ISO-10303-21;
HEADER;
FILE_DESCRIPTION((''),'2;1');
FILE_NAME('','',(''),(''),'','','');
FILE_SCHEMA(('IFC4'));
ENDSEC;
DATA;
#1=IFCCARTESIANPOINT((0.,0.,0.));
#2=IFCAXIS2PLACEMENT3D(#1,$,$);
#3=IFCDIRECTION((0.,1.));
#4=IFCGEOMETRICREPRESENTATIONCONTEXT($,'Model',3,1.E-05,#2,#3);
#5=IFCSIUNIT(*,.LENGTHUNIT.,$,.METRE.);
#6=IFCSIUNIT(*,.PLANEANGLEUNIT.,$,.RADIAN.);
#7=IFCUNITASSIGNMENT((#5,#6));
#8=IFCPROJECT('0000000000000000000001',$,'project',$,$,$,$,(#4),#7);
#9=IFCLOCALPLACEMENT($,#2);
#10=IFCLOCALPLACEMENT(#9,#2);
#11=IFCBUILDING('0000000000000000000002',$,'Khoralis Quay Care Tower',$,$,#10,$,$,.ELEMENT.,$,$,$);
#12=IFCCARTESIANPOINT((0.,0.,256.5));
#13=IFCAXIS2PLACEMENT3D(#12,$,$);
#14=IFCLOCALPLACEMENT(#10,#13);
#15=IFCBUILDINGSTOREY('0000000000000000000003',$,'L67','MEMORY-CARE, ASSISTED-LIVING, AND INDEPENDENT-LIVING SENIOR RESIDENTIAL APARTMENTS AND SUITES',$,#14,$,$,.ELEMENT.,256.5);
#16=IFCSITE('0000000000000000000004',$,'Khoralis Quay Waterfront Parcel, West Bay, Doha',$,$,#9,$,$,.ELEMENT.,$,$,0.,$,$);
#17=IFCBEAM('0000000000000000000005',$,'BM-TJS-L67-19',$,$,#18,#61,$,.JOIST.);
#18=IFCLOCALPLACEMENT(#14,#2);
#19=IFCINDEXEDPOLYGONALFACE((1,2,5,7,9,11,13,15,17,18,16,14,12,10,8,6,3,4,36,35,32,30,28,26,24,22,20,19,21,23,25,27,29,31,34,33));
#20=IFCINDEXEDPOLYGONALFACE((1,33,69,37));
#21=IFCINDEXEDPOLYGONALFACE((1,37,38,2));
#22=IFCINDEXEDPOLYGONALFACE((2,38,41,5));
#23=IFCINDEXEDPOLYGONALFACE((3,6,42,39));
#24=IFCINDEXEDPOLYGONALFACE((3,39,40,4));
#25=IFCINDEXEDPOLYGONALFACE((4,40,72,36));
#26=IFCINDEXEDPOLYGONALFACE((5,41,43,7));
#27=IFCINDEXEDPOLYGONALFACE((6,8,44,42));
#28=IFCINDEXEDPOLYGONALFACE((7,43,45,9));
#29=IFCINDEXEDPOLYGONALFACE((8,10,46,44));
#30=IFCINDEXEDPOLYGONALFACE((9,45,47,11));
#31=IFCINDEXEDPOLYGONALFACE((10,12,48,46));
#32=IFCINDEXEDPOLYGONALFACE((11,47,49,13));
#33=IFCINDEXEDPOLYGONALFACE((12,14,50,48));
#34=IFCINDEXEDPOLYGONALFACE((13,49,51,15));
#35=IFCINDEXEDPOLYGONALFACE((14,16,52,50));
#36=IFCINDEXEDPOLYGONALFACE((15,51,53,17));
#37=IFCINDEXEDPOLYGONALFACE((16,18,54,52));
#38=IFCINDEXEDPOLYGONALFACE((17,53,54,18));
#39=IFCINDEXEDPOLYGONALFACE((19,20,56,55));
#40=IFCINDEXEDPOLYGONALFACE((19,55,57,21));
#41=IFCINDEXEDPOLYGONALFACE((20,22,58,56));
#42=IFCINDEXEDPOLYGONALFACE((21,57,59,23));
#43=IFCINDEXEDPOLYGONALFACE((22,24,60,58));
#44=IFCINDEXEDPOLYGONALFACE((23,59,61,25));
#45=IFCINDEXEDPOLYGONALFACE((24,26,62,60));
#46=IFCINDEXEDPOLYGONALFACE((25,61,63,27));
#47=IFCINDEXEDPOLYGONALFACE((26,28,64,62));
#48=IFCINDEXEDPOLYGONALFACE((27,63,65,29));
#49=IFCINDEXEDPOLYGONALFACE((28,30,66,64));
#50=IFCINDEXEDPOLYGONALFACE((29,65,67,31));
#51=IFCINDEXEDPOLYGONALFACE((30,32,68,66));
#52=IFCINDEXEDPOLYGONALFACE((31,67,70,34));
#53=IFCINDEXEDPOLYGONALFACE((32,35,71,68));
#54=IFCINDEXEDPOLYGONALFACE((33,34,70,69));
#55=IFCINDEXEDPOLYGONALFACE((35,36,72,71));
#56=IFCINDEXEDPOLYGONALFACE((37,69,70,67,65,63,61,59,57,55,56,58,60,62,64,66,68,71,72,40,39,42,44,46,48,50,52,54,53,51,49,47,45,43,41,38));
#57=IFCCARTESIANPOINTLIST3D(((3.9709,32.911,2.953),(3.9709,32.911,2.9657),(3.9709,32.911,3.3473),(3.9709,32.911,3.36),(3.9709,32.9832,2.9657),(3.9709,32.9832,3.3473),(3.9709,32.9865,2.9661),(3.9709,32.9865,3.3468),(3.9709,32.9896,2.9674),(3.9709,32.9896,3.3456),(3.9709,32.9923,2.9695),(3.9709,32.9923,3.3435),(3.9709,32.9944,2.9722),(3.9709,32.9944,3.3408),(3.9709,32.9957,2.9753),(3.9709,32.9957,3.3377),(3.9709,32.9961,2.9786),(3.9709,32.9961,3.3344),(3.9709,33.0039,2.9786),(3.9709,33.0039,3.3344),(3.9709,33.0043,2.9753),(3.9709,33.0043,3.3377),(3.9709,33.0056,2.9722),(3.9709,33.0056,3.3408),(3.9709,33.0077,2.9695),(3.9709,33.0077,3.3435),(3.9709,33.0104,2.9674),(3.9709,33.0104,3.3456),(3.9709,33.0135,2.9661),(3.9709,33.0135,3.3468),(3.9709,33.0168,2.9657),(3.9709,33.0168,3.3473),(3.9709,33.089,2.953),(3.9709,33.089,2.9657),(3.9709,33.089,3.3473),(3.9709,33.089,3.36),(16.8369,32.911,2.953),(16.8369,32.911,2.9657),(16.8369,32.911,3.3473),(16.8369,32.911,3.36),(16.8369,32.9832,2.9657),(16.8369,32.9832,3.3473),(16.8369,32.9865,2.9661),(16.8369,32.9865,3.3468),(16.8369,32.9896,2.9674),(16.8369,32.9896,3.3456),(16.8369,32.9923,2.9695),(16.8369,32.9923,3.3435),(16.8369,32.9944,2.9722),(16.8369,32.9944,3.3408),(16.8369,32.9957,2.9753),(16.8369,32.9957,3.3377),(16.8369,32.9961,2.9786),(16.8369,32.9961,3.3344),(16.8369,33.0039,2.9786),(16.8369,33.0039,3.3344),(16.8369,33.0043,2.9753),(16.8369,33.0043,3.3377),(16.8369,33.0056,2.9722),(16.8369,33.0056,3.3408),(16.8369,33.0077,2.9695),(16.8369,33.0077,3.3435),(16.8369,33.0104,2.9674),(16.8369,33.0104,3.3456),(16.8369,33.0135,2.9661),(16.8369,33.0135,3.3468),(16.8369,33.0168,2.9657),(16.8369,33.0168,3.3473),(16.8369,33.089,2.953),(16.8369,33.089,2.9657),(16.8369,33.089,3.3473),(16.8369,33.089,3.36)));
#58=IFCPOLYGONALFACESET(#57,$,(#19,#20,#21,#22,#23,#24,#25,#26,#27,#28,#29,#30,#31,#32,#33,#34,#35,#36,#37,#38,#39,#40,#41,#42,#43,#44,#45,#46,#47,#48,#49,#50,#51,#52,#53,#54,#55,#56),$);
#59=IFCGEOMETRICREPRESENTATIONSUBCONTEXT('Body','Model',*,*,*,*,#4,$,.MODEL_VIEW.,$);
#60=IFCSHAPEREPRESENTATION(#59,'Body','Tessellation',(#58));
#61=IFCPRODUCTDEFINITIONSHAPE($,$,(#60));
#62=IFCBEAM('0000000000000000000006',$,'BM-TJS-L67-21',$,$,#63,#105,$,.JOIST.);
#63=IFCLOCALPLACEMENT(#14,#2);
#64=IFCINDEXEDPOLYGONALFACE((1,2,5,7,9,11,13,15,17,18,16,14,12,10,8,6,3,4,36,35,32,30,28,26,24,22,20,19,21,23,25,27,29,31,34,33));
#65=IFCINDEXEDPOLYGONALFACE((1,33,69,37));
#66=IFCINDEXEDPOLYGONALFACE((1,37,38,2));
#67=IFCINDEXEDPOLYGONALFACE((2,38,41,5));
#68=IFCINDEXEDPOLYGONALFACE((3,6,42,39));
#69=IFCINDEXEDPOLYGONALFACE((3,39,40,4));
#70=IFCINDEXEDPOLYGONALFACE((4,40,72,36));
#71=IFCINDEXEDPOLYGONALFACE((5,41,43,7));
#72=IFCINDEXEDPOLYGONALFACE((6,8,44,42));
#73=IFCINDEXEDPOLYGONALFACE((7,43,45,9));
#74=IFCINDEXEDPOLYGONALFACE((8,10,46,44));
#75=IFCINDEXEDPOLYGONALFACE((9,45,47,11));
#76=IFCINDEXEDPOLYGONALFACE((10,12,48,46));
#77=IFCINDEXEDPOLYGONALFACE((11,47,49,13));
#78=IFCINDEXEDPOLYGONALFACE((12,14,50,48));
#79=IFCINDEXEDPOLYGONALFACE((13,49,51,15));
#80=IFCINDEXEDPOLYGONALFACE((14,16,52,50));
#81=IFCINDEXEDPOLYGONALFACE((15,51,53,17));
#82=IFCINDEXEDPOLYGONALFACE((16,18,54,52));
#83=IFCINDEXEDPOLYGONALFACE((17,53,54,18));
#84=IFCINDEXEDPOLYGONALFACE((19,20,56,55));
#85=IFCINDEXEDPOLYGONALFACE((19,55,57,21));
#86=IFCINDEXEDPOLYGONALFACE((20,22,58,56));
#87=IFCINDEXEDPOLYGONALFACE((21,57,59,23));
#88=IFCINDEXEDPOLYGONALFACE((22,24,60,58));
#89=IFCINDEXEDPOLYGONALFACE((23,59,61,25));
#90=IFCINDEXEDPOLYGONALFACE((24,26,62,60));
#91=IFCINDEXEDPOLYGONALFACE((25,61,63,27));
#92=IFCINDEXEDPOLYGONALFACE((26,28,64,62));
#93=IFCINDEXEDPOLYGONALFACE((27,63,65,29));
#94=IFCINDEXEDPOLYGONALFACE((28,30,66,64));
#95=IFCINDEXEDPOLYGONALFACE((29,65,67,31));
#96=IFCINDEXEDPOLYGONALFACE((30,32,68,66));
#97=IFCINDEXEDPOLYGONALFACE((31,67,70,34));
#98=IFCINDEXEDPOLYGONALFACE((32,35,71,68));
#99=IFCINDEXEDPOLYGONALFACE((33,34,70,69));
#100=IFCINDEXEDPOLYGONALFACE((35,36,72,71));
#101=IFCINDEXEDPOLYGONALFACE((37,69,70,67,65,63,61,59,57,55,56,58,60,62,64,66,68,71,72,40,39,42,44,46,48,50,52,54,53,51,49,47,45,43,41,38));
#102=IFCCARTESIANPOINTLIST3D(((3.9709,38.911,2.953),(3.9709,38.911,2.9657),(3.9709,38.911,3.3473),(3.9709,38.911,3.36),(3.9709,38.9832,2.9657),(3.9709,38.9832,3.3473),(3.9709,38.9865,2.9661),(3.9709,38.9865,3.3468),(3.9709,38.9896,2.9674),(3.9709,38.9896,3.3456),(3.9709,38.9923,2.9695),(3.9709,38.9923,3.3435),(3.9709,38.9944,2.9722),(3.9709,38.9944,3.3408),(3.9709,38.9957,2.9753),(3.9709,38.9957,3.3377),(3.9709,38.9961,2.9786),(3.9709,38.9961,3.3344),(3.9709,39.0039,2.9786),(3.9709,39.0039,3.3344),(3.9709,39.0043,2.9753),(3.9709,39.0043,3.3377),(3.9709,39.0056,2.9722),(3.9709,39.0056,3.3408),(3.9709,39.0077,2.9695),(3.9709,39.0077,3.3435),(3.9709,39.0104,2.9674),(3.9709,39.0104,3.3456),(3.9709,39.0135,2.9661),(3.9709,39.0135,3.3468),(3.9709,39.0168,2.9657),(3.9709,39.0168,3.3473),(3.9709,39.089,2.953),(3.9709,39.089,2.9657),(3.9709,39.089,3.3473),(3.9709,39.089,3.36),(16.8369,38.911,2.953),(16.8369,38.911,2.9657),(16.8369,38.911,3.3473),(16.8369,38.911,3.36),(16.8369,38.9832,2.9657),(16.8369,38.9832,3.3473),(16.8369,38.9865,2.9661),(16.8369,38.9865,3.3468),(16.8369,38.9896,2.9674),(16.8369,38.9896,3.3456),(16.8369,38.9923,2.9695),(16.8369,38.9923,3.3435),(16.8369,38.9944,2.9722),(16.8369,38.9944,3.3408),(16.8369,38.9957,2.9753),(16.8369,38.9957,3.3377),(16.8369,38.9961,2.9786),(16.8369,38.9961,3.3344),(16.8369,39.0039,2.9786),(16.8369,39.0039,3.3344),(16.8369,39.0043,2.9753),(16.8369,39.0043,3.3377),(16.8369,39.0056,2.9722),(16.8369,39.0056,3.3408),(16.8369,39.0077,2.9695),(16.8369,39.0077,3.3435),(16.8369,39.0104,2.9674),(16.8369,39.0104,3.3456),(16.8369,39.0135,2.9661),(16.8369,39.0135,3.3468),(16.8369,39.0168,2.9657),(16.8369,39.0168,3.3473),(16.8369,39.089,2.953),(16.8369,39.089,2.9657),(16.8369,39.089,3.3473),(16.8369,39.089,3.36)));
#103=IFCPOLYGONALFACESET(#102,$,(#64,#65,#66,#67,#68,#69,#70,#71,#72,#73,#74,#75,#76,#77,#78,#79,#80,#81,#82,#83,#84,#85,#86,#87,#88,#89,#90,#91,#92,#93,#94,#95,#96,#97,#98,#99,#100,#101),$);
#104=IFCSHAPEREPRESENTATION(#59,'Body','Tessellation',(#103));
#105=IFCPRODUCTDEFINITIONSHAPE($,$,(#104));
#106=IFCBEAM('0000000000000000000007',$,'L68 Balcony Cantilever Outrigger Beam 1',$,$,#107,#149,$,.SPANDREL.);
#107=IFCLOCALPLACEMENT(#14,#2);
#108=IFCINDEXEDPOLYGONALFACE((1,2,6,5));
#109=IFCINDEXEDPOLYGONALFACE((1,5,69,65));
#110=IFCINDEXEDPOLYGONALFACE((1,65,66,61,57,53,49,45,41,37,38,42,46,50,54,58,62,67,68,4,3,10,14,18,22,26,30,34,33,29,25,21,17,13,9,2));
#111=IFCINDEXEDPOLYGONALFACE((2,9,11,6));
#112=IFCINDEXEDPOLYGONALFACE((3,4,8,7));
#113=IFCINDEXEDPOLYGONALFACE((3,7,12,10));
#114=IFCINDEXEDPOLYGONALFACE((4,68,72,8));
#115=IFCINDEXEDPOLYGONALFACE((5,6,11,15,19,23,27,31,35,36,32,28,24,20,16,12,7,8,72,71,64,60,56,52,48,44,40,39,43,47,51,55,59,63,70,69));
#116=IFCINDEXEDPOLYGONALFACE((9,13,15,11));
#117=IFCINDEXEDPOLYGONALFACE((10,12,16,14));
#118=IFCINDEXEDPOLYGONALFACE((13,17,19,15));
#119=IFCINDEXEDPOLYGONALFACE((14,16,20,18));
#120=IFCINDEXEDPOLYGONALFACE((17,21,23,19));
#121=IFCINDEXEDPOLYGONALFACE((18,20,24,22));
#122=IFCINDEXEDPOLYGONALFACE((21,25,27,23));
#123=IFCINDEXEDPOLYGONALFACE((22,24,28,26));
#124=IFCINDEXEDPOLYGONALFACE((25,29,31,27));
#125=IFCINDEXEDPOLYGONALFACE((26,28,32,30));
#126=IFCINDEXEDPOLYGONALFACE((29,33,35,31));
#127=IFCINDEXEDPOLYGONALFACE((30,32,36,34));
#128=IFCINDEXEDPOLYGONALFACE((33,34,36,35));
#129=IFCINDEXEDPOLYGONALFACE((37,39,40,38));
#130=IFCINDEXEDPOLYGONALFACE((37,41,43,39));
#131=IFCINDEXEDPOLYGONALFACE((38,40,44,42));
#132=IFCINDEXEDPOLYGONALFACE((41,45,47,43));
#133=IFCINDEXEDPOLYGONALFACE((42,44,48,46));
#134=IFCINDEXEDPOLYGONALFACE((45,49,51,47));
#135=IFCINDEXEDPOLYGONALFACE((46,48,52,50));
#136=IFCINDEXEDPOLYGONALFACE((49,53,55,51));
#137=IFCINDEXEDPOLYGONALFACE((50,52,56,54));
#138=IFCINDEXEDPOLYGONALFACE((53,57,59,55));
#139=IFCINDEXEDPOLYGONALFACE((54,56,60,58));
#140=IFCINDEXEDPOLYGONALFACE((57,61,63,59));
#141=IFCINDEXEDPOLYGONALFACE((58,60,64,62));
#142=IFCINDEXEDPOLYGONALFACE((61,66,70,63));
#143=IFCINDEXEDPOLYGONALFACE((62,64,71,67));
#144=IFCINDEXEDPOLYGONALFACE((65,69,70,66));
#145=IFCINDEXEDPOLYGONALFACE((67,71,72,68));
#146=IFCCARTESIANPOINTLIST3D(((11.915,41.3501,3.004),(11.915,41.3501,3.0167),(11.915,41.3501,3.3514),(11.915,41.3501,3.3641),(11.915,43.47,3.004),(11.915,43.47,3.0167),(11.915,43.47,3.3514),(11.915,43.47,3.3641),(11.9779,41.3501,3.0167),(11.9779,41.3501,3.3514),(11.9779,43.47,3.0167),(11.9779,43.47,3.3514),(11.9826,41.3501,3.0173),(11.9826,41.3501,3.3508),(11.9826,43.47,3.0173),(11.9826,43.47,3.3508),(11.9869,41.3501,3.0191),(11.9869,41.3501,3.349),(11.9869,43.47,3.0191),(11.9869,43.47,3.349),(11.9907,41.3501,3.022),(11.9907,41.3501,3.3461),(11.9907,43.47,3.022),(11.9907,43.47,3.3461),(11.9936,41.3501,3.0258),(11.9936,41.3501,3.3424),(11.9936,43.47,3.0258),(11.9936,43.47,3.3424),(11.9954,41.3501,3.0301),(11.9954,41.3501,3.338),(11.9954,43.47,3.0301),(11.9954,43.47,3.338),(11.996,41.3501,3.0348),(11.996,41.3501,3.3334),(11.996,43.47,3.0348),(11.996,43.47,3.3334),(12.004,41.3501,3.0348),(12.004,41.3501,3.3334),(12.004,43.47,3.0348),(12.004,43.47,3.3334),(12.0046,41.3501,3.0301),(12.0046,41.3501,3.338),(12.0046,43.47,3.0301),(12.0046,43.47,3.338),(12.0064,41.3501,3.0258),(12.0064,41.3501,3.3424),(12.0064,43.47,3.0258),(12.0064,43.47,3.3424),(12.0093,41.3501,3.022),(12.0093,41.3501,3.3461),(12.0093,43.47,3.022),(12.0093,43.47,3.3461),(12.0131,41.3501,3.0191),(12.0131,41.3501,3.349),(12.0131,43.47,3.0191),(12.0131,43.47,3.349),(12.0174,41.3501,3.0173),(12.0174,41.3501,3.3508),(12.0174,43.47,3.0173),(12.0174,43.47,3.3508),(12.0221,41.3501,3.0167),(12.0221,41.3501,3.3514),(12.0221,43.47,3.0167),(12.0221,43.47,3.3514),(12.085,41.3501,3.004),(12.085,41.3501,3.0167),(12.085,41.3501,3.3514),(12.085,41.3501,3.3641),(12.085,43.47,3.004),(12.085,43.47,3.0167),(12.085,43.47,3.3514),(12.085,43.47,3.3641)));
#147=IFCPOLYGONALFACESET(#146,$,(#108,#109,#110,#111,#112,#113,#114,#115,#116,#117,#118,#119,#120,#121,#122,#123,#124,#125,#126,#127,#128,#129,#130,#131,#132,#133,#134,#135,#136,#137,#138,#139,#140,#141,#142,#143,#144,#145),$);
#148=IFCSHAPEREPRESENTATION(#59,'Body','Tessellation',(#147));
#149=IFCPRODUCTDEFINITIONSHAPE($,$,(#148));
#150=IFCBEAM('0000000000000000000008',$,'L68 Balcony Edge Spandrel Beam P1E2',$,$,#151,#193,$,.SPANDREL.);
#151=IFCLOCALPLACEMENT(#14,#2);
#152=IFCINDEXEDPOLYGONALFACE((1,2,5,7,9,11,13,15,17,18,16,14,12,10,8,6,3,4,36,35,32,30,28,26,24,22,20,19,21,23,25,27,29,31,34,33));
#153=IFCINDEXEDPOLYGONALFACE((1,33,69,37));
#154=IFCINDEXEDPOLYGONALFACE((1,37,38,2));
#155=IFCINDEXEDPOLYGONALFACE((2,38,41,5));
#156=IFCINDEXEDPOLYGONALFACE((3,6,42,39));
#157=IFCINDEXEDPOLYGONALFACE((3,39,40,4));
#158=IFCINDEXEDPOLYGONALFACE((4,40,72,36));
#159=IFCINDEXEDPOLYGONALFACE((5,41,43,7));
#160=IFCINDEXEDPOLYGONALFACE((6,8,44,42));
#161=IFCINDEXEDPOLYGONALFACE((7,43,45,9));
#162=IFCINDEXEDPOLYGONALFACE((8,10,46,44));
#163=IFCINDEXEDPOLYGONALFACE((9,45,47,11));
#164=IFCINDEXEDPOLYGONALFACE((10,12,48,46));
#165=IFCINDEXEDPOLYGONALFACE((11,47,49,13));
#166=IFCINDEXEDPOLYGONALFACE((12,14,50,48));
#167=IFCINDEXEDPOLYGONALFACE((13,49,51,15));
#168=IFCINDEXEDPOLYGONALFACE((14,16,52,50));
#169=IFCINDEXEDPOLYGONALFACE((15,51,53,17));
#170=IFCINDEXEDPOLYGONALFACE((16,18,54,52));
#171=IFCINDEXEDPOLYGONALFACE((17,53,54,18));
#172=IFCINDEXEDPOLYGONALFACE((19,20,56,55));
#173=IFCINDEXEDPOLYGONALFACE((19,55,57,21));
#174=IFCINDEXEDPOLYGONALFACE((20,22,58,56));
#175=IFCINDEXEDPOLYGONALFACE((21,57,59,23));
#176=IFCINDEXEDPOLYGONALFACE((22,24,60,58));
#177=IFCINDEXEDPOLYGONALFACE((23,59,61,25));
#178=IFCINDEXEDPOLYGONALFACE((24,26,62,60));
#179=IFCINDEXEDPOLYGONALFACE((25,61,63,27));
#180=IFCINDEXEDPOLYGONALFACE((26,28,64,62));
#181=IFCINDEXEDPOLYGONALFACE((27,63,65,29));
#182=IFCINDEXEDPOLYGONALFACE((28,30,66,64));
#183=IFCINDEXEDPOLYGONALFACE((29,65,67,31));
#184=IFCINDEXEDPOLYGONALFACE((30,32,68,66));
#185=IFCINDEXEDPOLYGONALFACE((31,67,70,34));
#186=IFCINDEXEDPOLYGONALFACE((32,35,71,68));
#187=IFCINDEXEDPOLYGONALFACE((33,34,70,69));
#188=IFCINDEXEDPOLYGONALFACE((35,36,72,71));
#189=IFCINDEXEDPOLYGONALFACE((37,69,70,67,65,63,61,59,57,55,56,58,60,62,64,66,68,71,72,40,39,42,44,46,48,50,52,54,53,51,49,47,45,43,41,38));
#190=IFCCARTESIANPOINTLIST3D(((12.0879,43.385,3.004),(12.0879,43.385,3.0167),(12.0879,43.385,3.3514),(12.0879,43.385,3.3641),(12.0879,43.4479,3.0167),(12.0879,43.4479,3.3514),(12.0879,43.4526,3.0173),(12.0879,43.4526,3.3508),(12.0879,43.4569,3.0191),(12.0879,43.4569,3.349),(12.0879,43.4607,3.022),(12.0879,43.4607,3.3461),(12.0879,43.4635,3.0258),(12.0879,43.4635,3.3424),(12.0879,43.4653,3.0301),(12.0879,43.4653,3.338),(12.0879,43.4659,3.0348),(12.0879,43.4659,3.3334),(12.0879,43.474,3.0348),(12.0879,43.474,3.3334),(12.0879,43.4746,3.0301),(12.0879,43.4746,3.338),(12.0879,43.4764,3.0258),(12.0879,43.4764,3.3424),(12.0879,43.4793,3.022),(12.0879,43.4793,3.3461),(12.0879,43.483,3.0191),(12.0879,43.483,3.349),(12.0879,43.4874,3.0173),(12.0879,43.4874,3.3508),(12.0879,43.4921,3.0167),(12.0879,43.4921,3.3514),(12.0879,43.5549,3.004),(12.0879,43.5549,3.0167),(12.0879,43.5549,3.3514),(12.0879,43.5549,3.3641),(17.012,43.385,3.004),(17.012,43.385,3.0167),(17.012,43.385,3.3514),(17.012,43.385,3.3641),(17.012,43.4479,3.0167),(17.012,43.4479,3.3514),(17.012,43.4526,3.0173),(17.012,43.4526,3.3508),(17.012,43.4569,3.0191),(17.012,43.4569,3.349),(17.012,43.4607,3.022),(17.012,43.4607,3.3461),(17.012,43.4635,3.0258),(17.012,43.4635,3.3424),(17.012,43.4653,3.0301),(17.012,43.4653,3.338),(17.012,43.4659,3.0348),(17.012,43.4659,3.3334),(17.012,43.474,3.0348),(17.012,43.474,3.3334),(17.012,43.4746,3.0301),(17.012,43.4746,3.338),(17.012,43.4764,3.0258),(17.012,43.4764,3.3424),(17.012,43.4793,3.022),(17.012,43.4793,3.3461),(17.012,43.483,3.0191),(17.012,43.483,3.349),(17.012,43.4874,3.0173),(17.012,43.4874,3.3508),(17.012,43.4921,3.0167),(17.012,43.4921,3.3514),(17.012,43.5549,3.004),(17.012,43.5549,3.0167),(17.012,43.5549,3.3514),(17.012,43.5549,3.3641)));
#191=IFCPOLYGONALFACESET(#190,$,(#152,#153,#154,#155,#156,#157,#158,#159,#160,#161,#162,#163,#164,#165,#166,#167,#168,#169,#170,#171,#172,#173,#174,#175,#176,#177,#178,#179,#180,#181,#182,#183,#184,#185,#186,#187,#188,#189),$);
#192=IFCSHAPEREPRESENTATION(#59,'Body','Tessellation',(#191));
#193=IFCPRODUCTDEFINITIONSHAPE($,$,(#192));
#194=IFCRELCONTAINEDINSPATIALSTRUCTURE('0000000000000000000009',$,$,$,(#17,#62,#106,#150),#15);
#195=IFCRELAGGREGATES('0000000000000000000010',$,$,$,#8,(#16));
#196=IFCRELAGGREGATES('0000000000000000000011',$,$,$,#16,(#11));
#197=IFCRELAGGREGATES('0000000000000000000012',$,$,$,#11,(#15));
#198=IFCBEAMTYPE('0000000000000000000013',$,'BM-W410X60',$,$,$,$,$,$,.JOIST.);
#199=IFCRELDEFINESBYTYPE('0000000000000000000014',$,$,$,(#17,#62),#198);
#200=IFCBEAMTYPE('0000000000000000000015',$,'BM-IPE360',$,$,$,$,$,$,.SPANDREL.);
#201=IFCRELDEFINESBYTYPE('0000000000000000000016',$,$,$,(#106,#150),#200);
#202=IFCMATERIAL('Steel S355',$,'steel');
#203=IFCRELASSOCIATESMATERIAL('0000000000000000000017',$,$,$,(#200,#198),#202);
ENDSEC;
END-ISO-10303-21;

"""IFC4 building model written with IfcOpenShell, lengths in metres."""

from ifc_helpers import new_model, si_unit, direction, frame, origin, origin_2d, place, context, subcontext, project, spatial, i_section, extrude, source, transform, mapped, material, material_profile, profile_set, type_object, element, save


model = new_model("IFC4")

# Units and contexts
model_context = context("Model", 3, precision=1e-05, world=origin(), true_north=direction((0.0, 1.0)))
body_context = subcontext(model_context, "Body", "Model", "MODEL_VIEW")
ifc_project = project(units=[si_unit("LENGTHUNIT", "METRE"), si_unit("PLANEANGLEUNIT", "RADIAN")], contexts=[model_context])

# Site, building, storey
site_placement = place(None, origin())
site = spatial("IfcSite", under=ifc_project, at=site_placement, Name="Khoralis Quay Waterfront Parcel, West Bay, Doha", CompositionType="ELEMENT", RefElevation=0.0)
building_placement = place(site_placement, origin())
building = spatial("IfcBuilding", under=site, at=building_placement, Name="Khoralis Quay Care Tower", CompositionType="ELEMENT")
storey_placement = place(building_placement, frame((0.0, 0.0, 256.5)))
storey = spatial("IfcBuildingStorey", under=building, at=storey_placement, Name="L67", Description="MEMORY-CARE, ASSISTED-LIVING, AND INDEPENDENT-LIVING SENIOR RESIDENTIAL APARTMENTS AND SUITES", CompositionType="ELEMENT", Elevation=256.5)

# Beams
ifc_material_1 = material(Name="Steel S355", Category="steel")
ifc_material_profile_1 = material_profile(ifc_material_1, i_section(OverallWidth=0.1699, OverallDepth=0.3601, WebThickness=0.0081, FlangeThickness=0.0127, FilletRadius=0.0181, at=origin_2d()), Name="Steel S355")
ifc_profile_set_1 = profile_set([ifc_material_profile_1], Name="Steel S355")
beam_type_1 = type_object("IfcBeamType", Name="BM-IPE360", PredefinedType="SPANDREL", material=ifc_profile_set_1)
ifc_material_profile_2 = material_profile(ifc_material_1, i_section(OverallWidth=0.178, OverallDepth=0.407, WebThickness=0.0078, FlangeThickness=0.0127, FilletRadius=0.0129, at=origin_2d()), Name="Steel S355")
ifc_profile_set_2 = profile_set([ifc_material_profile_2], Name="Steel S355")
beam_type_2 = type_object("IfcBeamType", Name="BM-W410X60", PredefinedType="JOIST", material=ifc_profile_set_2)
shared_shape_1 = source(origin(), body_context, "Body", "SweptSolid", [
    extrude(i_section(OverallWidth=0.178, OverallDepth=0.407, WebThickness=0.0078, FlangeThickness=0.0127, FilletRadius=0.0129, at=origin_2d()), origin(), (0.0, 0.0, 1.0), 12.866),
])
for number, where, z_axis, x_axis, name in (
    (1, (3.9709, 33.0, 3.1565), (1.0, 0.0, 0.0), (0.0, 1.0, 0.0), "BM-TJS-L67-19"),
    (2, (3.9709, 39.0, 3.1565), (1.0, 0.0, 0.0), (0.0, 1.0, 0.0), "BM-TJS-L67-21"),
):
    element("IfcBeam", number, at=place(storey_placement, frame(where, z_axis=z_axis, x_axis=x_axis)), inside=storey, type_object=beam_type_2, Name=name, PredefinedType="JOIST", context=body_context, shape_type="MappedRepresentation", body=[
        mapped(shared_shape_1, transform((0.0, 0.0, 0.0), scale=1.0)),
    ])
shared_shape_2 = source(origin(), body_context, "Body", "SweptSolid", [
    extrude(i_section(OverallWidth=0.1699, OverallDepth=0.3601, WebThickness=0.0081, FlangeThickness=0.0127, FilletRadius=0.0181, at=origin_2d()), origin(), (0.0, 0.0, 1.0), 2.1199),
])
beam_1_placement = place(storey_placement, frame((12.0, 41.3501, 3.1841), z_axis=(0.0, 1.0, 0.0), x_axis=(-1.0, 0.0, 0.0)))
element("IfcBeam", 3, at=beam_1_placement, inside=storey, type_object=beam_type_1, Name="L68 Balcony Cantilever Outrigger Beam 1", PredefinedType="SPANDREL", context=body_context, shape_type="MappedRepresentation", body=[
    mapped(shared_shape_2, transform((0.0, 0.0, 0.0), scale=1.0)),
])
shared_shape_3 = source(origin(), body_context, "Body", "SweptSolid", [
    extrude(i_section(OverallWidth=0.1699, OverallDepth=0.3601, WebThickness=0.0081, FlangeThickness=0.0127, FilletRadius=0.0181, at=origin_2d()), origin(), (0.0, 0.0, 1.0), 4.9241),
])
beam_2_placement = place(storey_placement, frame((12.0879, 43.47, 3.1841), z_axis=(1.0, 0.0, 0.0), x_axis=(0.0, 1.0, 0.0)))
element("IfcBeam", 4, at=beam_2_placement, inside=storey, type_object=beam_type_1, Name="L68 Balcony Edge Spandrel Beam P1E2", PredefinedType="SPANDREL", context=body_context, shape_type="MappedRepresentation", body=[
    mapped(shared_shape_3, transform((0.0, 0.0, 0.0), scale=1.0)),
])

save(model, "model.ifc")
